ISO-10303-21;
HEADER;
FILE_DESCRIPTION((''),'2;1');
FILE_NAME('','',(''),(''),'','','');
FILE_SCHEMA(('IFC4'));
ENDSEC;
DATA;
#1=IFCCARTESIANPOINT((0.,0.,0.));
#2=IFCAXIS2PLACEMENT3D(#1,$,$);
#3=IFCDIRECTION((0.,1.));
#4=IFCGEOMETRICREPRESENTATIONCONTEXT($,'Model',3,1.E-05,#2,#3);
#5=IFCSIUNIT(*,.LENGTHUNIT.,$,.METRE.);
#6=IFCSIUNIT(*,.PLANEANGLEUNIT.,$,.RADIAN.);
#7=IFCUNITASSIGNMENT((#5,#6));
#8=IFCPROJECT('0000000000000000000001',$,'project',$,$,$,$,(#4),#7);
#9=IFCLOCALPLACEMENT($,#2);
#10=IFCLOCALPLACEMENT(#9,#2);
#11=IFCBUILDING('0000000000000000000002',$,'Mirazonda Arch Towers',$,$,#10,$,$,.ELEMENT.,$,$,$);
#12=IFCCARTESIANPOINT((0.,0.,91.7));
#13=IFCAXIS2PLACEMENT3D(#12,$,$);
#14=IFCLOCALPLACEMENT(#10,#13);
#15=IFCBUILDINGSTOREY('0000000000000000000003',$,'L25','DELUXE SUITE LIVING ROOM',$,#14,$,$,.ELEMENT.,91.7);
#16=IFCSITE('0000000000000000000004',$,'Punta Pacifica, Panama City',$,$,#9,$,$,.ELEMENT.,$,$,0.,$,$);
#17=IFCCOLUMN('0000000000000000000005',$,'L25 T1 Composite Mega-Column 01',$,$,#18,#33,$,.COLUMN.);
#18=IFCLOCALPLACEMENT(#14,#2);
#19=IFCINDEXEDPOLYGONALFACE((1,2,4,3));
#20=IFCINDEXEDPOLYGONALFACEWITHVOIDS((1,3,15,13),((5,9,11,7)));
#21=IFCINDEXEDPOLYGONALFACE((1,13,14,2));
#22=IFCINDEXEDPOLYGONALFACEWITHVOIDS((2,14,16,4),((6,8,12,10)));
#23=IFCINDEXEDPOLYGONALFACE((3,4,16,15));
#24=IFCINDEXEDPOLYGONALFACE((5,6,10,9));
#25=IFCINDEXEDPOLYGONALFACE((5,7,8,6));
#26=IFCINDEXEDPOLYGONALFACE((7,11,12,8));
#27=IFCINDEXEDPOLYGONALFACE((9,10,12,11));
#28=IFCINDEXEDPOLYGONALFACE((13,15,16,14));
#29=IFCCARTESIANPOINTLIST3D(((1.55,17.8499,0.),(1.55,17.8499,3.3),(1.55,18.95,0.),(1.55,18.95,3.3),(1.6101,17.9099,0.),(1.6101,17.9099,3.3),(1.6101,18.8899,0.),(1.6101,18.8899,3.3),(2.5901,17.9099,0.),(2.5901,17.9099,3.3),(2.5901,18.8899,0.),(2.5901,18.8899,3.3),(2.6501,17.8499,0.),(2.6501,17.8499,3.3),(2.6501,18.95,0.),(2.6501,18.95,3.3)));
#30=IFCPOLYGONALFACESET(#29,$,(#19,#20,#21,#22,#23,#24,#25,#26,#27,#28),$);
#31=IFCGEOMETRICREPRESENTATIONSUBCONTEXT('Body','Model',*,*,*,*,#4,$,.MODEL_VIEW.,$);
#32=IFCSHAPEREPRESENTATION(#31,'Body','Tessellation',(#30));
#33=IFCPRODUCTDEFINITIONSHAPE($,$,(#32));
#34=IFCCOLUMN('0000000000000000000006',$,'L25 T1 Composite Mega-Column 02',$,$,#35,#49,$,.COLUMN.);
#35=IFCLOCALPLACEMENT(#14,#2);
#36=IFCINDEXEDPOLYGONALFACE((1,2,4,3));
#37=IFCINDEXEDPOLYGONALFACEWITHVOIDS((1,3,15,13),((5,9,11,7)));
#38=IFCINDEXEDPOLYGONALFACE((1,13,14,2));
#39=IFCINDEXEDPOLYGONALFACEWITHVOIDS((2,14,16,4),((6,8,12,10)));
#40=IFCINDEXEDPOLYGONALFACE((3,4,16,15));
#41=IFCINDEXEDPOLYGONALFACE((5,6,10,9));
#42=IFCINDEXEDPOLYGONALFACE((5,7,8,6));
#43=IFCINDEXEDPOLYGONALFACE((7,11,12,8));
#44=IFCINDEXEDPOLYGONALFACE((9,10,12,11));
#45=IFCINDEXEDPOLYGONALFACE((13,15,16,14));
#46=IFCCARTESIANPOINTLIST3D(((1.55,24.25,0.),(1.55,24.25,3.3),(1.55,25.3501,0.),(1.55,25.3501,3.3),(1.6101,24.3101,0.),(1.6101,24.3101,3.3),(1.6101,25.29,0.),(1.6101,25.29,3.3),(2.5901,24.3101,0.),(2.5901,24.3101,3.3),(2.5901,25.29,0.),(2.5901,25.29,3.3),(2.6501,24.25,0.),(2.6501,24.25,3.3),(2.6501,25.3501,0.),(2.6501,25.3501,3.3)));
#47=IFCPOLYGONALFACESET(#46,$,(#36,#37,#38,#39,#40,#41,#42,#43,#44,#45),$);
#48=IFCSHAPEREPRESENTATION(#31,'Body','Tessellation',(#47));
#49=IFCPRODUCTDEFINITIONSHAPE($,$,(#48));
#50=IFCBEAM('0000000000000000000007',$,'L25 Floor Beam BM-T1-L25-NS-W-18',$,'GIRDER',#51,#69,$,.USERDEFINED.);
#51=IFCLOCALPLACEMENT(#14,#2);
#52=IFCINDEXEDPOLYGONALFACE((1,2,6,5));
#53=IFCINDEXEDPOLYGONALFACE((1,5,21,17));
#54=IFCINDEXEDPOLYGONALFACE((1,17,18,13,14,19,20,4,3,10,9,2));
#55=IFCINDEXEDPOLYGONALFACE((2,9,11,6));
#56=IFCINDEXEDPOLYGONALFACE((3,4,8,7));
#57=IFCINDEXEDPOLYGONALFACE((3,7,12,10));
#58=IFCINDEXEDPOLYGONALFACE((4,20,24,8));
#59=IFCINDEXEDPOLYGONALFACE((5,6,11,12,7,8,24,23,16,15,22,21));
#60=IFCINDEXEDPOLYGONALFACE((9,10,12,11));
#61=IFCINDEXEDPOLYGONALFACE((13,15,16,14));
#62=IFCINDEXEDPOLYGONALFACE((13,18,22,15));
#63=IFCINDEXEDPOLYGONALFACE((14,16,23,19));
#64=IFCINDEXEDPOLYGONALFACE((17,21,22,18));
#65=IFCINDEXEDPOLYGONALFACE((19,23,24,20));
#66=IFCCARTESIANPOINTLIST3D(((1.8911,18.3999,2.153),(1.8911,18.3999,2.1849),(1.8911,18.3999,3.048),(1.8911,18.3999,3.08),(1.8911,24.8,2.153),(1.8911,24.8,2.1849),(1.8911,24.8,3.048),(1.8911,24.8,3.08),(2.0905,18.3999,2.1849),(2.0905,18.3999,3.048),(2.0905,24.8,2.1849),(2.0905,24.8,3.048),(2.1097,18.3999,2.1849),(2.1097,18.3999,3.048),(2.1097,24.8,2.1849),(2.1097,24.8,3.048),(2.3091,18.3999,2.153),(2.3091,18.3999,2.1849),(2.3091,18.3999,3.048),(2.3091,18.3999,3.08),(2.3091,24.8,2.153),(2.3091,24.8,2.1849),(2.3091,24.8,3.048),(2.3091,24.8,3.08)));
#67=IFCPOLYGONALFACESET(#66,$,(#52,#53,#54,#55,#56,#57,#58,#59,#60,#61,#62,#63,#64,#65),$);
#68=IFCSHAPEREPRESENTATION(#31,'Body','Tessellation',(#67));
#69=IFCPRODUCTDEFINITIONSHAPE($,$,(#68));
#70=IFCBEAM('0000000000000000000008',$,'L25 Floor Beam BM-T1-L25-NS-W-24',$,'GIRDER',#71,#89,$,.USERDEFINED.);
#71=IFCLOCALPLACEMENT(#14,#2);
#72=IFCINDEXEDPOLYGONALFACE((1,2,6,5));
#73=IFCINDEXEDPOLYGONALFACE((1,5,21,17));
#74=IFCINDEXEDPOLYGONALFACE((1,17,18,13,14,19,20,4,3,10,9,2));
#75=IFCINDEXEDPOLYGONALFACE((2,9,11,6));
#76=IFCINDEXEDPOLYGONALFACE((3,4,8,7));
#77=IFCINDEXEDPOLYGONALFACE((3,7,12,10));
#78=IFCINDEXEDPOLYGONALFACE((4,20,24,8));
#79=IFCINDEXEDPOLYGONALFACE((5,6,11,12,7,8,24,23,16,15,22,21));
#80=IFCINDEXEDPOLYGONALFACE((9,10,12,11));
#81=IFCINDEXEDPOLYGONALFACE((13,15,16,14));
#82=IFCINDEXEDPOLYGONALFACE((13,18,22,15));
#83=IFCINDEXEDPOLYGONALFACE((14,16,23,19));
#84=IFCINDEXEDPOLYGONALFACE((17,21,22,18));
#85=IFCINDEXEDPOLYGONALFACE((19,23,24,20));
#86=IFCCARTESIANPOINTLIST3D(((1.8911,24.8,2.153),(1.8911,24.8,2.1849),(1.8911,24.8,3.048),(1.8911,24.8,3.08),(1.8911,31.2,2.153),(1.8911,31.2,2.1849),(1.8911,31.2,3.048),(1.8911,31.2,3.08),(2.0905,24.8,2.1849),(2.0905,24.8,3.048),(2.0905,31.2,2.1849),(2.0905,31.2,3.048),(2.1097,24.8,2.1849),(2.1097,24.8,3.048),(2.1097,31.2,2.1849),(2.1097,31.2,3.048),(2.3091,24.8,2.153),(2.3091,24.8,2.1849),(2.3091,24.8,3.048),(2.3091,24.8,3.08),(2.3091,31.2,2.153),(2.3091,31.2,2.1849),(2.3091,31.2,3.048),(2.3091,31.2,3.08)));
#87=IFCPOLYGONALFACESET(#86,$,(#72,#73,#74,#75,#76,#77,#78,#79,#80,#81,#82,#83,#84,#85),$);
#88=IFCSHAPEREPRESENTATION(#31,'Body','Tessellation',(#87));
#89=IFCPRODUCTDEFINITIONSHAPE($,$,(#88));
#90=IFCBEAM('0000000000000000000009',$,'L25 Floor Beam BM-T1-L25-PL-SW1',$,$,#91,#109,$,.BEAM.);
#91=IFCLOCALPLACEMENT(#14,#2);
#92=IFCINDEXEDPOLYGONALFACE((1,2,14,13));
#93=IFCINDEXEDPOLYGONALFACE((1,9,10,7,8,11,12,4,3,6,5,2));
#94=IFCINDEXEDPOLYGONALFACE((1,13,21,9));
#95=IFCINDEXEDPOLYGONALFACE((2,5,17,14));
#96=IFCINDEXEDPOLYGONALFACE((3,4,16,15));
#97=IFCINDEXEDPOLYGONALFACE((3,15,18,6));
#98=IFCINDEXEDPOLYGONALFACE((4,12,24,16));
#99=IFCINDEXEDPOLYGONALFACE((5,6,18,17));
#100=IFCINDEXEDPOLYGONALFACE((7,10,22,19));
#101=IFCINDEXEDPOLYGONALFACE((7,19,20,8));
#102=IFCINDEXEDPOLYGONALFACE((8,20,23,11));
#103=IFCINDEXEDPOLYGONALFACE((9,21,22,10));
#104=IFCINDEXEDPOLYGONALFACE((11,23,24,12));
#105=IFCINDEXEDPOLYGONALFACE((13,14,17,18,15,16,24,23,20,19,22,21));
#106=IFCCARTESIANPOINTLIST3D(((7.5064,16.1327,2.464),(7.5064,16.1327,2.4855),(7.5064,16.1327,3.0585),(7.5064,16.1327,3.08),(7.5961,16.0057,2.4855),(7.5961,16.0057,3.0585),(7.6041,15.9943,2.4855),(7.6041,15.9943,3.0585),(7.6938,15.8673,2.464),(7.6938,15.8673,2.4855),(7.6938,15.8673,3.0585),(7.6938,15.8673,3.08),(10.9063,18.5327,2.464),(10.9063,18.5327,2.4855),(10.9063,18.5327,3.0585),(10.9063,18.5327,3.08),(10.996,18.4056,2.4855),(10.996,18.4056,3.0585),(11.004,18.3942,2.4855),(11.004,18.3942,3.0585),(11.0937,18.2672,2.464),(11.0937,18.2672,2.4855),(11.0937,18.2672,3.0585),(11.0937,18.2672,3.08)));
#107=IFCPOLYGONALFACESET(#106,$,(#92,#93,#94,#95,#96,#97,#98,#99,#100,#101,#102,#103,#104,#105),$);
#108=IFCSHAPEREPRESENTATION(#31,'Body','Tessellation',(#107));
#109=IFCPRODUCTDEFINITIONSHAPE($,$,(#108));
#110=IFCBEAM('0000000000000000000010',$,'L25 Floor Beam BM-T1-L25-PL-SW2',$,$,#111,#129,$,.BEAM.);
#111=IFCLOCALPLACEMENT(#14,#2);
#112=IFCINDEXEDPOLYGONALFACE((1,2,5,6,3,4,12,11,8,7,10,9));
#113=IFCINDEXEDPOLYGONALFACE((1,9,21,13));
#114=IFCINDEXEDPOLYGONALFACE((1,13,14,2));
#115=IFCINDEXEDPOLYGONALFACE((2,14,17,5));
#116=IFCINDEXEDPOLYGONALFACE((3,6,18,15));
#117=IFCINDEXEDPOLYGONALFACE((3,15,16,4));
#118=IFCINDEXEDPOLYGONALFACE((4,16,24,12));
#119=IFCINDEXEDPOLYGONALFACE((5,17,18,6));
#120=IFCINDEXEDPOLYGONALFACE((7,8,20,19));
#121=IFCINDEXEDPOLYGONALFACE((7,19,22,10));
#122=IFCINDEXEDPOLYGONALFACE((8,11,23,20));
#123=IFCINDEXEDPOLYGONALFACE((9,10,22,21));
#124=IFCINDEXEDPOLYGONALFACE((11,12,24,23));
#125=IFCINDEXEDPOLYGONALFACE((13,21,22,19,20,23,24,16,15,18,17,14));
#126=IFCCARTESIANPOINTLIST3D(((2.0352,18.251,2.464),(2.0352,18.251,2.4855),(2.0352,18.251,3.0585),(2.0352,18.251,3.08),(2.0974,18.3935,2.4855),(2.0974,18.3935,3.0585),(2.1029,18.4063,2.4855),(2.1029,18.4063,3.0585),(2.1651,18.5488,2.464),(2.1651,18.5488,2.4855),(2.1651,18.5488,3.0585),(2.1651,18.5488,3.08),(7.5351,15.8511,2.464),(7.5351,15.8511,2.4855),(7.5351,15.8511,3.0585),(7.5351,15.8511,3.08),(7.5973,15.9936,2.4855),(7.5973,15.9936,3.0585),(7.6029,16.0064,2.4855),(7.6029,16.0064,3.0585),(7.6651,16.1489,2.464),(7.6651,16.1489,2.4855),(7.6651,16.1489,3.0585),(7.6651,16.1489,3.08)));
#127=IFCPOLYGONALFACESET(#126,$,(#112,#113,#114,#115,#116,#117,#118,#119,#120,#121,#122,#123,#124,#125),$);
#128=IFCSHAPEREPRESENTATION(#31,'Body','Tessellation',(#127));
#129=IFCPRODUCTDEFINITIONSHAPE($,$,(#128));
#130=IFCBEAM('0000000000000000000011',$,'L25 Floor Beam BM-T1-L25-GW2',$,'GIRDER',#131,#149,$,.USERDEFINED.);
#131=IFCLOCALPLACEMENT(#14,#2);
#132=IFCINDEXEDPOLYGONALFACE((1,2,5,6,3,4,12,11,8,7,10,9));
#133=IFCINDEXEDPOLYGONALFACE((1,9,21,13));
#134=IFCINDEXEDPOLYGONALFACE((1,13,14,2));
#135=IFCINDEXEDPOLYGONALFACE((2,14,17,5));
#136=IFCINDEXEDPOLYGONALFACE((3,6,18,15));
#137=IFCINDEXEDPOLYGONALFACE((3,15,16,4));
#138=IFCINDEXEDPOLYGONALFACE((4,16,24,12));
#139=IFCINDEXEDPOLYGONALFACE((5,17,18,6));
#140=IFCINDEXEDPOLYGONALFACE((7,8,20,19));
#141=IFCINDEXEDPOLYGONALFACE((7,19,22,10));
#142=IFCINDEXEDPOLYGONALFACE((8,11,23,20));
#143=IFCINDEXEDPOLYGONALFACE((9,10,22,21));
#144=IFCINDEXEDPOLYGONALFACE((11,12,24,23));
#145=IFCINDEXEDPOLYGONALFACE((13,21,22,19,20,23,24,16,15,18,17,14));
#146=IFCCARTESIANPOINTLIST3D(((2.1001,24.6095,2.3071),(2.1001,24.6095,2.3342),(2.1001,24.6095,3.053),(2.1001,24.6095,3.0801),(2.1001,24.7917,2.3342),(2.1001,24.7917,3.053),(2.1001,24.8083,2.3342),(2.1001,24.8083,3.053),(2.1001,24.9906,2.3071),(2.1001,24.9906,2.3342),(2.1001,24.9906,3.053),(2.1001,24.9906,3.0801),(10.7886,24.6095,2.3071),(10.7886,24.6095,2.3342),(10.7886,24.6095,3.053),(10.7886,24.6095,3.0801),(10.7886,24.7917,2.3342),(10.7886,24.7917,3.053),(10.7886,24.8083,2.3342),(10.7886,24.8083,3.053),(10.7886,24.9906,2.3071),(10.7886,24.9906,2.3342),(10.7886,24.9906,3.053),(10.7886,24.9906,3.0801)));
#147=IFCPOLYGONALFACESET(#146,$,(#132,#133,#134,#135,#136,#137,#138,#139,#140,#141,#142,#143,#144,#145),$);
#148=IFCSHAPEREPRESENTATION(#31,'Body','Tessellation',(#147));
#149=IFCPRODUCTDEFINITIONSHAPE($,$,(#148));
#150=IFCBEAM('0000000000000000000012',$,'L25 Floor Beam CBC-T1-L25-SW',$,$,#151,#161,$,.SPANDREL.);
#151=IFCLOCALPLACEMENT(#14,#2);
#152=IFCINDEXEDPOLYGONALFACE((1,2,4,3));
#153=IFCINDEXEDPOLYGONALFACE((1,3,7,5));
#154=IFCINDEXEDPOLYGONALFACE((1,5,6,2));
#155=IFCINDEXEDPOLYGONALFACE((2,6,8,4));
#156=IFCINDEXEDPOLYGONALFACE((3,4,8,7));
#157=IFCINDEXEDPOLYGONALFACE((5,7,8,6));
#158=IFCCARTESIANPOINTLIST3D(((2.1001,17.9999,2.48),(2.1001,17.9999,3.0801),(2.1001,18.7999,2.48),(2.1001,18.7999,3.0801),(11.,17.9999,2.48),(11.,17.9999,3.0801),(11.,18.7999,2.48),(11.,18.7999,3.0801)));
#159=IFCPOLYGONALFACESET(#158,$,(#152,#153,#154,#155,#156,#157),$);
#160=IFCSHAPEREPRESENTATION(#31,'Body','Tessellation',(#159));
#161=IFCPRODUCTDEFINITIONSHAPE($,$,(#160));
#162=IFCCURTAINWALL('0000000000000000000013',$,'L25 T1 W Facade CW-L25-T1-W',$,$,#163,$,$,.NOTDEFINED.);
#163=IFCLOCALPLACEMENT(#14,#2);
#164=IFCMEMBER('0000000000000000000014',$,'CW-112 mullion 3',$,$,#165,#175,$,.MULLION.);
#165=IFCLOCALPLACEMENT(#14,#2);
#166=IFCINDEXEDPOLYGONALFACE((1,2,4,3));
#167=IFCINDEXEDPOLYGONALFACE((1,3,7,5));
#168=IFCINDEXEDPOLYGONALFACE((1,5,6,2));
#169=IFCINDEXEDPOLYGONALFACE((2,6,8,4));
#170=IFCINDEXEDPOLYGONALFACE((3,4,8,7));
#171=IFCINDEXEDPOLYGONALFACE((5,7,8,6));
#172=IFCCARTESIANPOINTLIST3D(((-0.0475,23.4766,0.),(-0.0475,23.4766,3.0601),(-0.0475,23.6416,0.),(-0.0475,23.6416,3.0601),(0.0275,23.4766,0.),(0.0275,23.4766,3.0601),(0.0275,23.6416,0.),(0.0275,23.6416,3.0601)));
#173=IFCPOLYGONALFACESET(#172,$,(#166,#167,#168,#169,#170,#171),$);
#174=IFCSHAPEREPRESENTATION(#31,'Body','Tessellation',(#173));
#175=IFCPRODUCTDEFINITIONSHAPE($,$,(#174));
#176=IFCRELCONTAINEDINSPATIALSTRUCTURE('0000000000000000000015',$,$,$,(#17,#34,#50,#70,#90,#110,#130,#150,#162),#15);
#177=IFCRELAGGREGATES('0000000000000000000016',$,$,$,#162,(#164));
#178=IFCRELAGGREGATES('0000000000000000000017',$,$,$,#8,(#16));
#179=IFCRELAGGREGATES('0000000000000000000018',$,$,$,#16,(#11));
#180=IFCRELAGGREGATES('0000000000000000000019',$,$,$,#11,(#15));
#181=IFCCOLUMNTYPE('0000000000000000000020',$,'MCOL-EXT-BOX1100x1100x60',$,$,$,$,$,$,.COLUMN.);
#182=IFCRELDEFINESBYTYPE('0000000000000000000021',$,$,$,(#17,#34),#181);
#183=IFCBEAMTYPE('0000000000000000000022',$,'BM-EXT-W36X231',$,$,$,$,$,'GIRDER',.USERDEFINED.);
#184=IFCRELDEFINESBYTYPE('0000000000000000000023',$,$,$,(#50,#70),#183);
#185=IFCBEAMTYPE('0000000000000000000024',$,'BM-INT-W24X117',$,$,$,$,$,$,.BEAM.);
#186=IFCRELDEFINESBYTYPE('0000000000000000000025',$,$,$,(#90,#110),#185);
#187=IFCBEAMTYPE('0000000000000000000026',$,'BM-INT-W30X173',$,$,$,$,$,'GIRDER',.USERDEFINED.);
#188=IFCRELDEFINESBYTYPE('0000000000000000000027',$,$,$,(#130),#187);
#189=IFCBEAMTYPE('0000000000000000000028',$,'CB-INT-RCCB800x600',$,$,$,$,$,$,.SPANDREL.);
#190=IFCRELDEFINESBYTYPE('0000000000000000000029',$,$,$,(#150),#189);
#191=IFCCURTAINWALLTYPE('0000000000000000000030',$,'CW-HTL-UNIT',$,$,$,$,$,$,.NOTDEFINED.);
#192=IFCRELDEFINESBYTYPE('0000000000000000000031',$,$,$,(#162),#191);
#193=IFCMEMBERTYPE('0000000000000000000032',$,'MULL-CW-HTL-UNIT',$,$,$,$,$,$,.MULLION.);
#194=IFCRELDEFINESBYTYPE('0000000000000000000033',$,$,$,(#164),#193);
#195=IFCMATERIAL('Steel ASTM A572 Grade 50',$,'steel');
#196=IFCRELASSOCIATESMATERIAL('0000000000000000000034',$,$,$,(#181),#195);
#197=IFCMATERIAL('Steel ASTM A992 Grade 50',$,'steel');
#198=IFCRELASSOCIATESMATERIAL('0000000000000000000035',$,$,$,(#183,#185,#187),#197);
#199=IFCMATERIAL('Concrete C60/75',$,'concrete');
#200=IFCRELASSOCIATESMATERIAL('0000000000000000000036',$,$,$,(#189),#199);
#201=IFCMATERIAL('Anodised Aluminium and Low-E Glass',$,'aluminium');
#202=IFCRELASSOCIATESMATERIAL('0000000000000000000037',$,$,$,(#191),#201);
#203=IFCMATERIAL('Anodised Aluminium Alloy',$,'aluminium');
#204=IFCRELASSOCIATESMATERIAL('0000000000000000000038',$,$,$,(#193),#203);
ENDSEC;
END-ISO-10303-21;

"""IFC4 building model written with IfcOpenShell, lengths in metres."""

from ifc_helpers import new_model, si_unit, direction, frame, origin, origin_2d, place, context, subcontext, project, spatial, rectangle, hollow_rectangle, i_section, extrude, material, material_profile, profile_set, type_object, element, aggregate, save


model = new_model("IFC4")

# Units and contexts
model_context = context("Model", 3, precision=1e-05, world=origin(), true_north=direction((0.0, 1.0)))
body_context = subcontext(model_context, "Body", "Model", "MODEL_VIEW")
ifc_project = project(units=[si_unit("LENGTHUNIT", "METRE"), si_unit("PLANEANGLEUNIT", "RADIAN")], contexts=[model_context])

# Site, building, storey
site_placement = place(None, origin())
site = spatial("IfcSite", under=ifc_project, at=site_placement, Name="Punta Pacifica, Panama City", CompositionType="ELEMENT", RefElevation=0.0)
building_placement = place(site_placement, origin())
building = spatial("IfcBuilding", under=site, at=building_placement, Name="Mirazonda Arch Towers", CompositionType="ELEMENT")
storey_placement = place(building_placement, frame((0.0, 0.0, 91.7)))
storey = spatial("IfcBuildingStorey", under=building, at=storey_placement, Name="L25", Description="DELUXE SUITE LIVING ROOM", CompositionType="ELEMENT", Elevation=91.7)

# Columns
ifc_material_1 = material(Name="Steel ASTM A572 Grade 50", Category="steel")
ifc_material_profile_1 = material_profile(ifc_material_1, hollow_rectangle(XDim=1.1001, YDim=1.1001, WallThickness=0.0601, at=origin_2d()), Name="BOX1100x1100x60")
ifc_profile_set_1 = profile_set([ifc_material_profile_1], Name="Steel ASTM A572 Grade 50")
column_type = type_object("IfcColumnType", Name="MCOL-EXT-BOX1100x1100x60", PredefinedType="COLUMN", material=ifc_profile_set_1)
for number, where, z_axis, x_axis, name in (
    (1, (2.1001, 18.3999, 0.0), (0.0, 0.0, 1.0), (1.0, 0.0, 0.0), "L25 T1 Composite Mega-Column 01"),
    (2, (2.1001, 24.8, 0.0), (0.0, 0.0, 1.0), (1.0, 0.0, 0.0), "L25 T1 Composite Mega-Column 02"),
):
    element("IfcColumn", number, at=place(storey_placement, frame(where, z_axis=z_axis, x_axis=x_axis)), inside=storey, type_object=column_type, Name=name, PredefinedType="COLUMN", context=body_context, shape_type="SweptSolid", body=[
        extrude(hollow_rectangle(XDim=1.1001, YDim=1.1001, WallThickness=0.0601, at=origin_2d()), origin(), (0.0, 0.0, 1.0), 3.3),
    ])

# Beams
ifc_material_2 = material(Name="Steel ASTM A992 Grade 50", Category="steel")
ifc_material_profile_2 = material_profile(ifc_material_2, i_section(OverallWidth=0.418, OverallDepth=0.927, WebThickness=0.0193, FlangeThickness=0.032, at=origin_2d()), Name="W36X231")
ifc_profile_set_2 = profile_set([ifc_material_profile_2], Name="Steel ASTM A992 Grade 50")
beam_type_1 = type_object("IfcBeamType", Name="BM-EXT-W36X231", ElementType="GIRDER", PredefinedType="USERDEFINED", material=ifc_profile_set_2)
beam_1_placement = place(storey_placement, frame((2.1001, 18.3999, 2.6165), z_axis=(0.0, 1.0, 0.0), x_axis=(-1.0, 0.0, 0.0)))
element("IfcBeam", 3, at=beam_1_placement, inside=storey, type_object=beam_type_1, Name="L25 Floor Beam BM-T1-L25-NS-W-18", ObjectType="GIRDER", PredefinedType="USERDEFINED", context=body_context, shape_type="SweptSolid", body=[
    extrude(i_section(OverallWidth=0.418, OverallDepth=0.927, WebThickness=0.0193, FlangeThickness=0.032, at=origin_2d()), origin(), (0.0, 0.0, 1.0), 6.4001),
])
beam_2_placement = place(storey_placement, frame((2.1001, 24.8, 2.6165), z_axis=(0.0, 1.0, 0.0), x_axis=(-1.0, 0.0, 0.0)))
element("IfcBeam", 4, at=beam_2_placement, inside=storey, type_object=beam_type_1, Name="L25 Floor Beam BM-T1-L25-NS-W-24", ObjectType="GIRDER", PredefinedType="USERDEFINED", context=body_context, shape_type="SweptSolid", body=[
    extrude(i_section(OverallWidth=0.418, OverallDepth=0.927, WebThickness=0.0193, FlangeThickness=0.032, at=origin_2d()), origin(), (0.0, 0.0, 1.0), 6.3999),
])
ifc_material_profile_3 = material_profile(ifc_material_2, i_section(OverallWidth=0.325, OverallDepth=0.616, WebThickness=0.0139, FlangeThickness=0.0215, at=origin_2d()), Name="W24X117")
ifc_profile_set_3 = profile_set([ifc_material_profile_3], Name="Steel ASTM A992 Grade 50")
beam_type_2 = type_object("IfcBeamType", Name="BM-INT-W24X117", PredefinedType="BEAM", material=ifc_profile_set_3)
beam_3_placement = place(storey_placement, frame((7.6001, 16.0, 2.772), z_axis=(0.816971, 0.576679, 0.0), x_axis=(-0.576679, 0.816971, 0.0)))
element("IfcBeam", 5, at=beam_3_placement, inside=storey, type_object=beam_type_2, Name="L25 Floor Beam BM-T1-L25-PL-SW1", PredefinedType="BEAM", context=body_context, shape_type="SweptSolid", body=[
    extrude(i_section(OverallWidth=0.325, OverallDepth=0.616, WebThickness=0.0139, FlangeThickness=0.0215, at=origin_2d()), origin(), (0.0, 0.0, 1.0), 4.1616),
])
beam_4_placement = place(storey_placement, frame((7.6001, 16.0, 2.772), z_axis=(-0.916545, 0.399931, 0.0), x_axis=(-0.399931, -0.916545, 0.0)))
element("IfcBeam", 6, at=beam_4_placement, inside=storey, type_object=beam_type_2, Name="L25 Floor Beam BM-T1-L25-PL-SW2", PredefinedType="BEAM", context=body_context, shape_type="SweptSolid", body=[
    extrude(i_section(OverallWidth=0.325, OverallDepth=0.616, WebThickness=0.0139, FlangeThickness=0.0215, at=origin_2d()), origin(), (0.0, 0.0, 1.0), 6.0007),
])
ifc_material_profile_4 = material_profile(ifc_material_2, i_section(OverallWidth=0.3811, OverallDepth=0.7729, WebThickness=0.0166, FlangeThickness=0.0271, at=origin_2d()), Name="W30X173")
ifc_profile_set_4 = profile_set([ifc_material_profile_4], Name="Steel ASTM A992 Grade 50")
beam_type_3 = type_object("IfcBeamType", Name="BM-INT-W30X173", ElementType="GIRDER", PredefinedType="USERDEFINED", material=ifc_profile_set_4)
beam_5_placement = place(storey_placement, frame((2.1001, 24.8, 2.6936), z_axis=(1.0, 0.0, 0.0), x_axis=(0.0, 1.0, 0.0)))
element("IfcBeam", 7, at=beam_5_placement, inside=storey, type_object=beam_type_3, Name="L25 Floor Beam BM-T1-L25-GW2", ObjectType="GIRDER", PredefinedType="USERDEFINED", context=body_context, shape_type="SweptSolid", body=[
    extrude(i_section(OverallWidth=0.3811, OverallDepth=0.7729, WebThickness=0.0166, FlangeThickness=0.0271, at=origin_2d()), origin(), (0.0, 0.0, 1.0), 8.6885),
])
ifc_material_3 = material(Name="Concrete C60/75", Category="concrete")
ifc_material_profile_5 = material_profile(ifc_material_3, rectangle(XDim=0.8, YDim=0.6001, at=origin_2d()), Name="RCCB800x600")
ifc_profile_set_5 = profile_set([ifc_material_profile_5], Name="Concrete C60/75")
beam_type_4 = type_object("IfcBeamType", Name="CB-INT-RCCB800x600", PredefinedType="SPANDREL", material=ifc_profile_set_5)
beam_6_placement = place(storey_placement, frame((2.1001, 18.3999, 2.78), z_axis=(1.0, 0.0, 0.0), x_axis=(0.0, 1.0, 0.0)))
element("IfcBeam", 8, at=beam_6_placement, inside=storey, type_object=beam_type_4, Name="L25 Floor Beam CBC-T1-L25-SW", PredefinedType="SPANDREL", context=body_context, shape_type="SweptSolid", body=[
    extrude(rectangle(XDim=0.8, YDim=0.6001, at=origin_2d()), origin(), (0.0, 0.0, 1.0), 8.8999),
])

# Curtain wall, member
ifc_material_4 = material(Name="Anodised Aluminium and Low-E Glass", Category="aluminium")
curtain_wall_type = type_object("IfcCurtainWallType", Name="CW-HTL-UNIT", PredefinedType="NOTDEFINED", material=ifc_material_4)
curtain_wall_placement = place(storey_placement, origin())
curtain_wall = element("IfcCurtainWall", 9, at=curtain_wall_placement, inside=storey, type_object=curtain_wall_type, Name="L25 T1 W Facade CW-L25-T1-W", PredefinedType="NOTDEFINED")
ifc_material_5 = material(Name="Anodised Aluminium Alloy", Category="aluminium")
ifc_material_profile_6 = material_profile(ifc_material_5, rectangle(XDim=0.075, YDim=0.165, at=origin_2d()), Name="ALU-MULL-75x165")
ifc_profile_set_6 = profile_set([ifc_material_profile_6], Name="Anodised Aluminium Alloy")
member_type_1 = type_object("IfcMemberType", Name="MULL-CW-HTL-UNIT", PredefinedType="MULLION", material=ifc_profile_set_6)
member_1_placement = place(storey_placement, frame((-0.01, 23.5591, 0.0), z_axis=(0.0, 0.0, 1.0), x_axis=(1.0, 0.0, 0.0)))
member_1 = element("IfcMember", 10, at=member_1_placement, type_object=member_type_1, Name="CW-112 mullion 3", PredefinedType="MULLION", context=body_context, shape_type="SweptSolid", body=[
    extrude(rectangle(XDim=0.075, YDim=0.165, at=origin_2d()), origin(), (0.0, 0.0, 1.0), 3.0601),
])
aggregate(curtain_wall, [member_1])

save(model, "model.ifc")
